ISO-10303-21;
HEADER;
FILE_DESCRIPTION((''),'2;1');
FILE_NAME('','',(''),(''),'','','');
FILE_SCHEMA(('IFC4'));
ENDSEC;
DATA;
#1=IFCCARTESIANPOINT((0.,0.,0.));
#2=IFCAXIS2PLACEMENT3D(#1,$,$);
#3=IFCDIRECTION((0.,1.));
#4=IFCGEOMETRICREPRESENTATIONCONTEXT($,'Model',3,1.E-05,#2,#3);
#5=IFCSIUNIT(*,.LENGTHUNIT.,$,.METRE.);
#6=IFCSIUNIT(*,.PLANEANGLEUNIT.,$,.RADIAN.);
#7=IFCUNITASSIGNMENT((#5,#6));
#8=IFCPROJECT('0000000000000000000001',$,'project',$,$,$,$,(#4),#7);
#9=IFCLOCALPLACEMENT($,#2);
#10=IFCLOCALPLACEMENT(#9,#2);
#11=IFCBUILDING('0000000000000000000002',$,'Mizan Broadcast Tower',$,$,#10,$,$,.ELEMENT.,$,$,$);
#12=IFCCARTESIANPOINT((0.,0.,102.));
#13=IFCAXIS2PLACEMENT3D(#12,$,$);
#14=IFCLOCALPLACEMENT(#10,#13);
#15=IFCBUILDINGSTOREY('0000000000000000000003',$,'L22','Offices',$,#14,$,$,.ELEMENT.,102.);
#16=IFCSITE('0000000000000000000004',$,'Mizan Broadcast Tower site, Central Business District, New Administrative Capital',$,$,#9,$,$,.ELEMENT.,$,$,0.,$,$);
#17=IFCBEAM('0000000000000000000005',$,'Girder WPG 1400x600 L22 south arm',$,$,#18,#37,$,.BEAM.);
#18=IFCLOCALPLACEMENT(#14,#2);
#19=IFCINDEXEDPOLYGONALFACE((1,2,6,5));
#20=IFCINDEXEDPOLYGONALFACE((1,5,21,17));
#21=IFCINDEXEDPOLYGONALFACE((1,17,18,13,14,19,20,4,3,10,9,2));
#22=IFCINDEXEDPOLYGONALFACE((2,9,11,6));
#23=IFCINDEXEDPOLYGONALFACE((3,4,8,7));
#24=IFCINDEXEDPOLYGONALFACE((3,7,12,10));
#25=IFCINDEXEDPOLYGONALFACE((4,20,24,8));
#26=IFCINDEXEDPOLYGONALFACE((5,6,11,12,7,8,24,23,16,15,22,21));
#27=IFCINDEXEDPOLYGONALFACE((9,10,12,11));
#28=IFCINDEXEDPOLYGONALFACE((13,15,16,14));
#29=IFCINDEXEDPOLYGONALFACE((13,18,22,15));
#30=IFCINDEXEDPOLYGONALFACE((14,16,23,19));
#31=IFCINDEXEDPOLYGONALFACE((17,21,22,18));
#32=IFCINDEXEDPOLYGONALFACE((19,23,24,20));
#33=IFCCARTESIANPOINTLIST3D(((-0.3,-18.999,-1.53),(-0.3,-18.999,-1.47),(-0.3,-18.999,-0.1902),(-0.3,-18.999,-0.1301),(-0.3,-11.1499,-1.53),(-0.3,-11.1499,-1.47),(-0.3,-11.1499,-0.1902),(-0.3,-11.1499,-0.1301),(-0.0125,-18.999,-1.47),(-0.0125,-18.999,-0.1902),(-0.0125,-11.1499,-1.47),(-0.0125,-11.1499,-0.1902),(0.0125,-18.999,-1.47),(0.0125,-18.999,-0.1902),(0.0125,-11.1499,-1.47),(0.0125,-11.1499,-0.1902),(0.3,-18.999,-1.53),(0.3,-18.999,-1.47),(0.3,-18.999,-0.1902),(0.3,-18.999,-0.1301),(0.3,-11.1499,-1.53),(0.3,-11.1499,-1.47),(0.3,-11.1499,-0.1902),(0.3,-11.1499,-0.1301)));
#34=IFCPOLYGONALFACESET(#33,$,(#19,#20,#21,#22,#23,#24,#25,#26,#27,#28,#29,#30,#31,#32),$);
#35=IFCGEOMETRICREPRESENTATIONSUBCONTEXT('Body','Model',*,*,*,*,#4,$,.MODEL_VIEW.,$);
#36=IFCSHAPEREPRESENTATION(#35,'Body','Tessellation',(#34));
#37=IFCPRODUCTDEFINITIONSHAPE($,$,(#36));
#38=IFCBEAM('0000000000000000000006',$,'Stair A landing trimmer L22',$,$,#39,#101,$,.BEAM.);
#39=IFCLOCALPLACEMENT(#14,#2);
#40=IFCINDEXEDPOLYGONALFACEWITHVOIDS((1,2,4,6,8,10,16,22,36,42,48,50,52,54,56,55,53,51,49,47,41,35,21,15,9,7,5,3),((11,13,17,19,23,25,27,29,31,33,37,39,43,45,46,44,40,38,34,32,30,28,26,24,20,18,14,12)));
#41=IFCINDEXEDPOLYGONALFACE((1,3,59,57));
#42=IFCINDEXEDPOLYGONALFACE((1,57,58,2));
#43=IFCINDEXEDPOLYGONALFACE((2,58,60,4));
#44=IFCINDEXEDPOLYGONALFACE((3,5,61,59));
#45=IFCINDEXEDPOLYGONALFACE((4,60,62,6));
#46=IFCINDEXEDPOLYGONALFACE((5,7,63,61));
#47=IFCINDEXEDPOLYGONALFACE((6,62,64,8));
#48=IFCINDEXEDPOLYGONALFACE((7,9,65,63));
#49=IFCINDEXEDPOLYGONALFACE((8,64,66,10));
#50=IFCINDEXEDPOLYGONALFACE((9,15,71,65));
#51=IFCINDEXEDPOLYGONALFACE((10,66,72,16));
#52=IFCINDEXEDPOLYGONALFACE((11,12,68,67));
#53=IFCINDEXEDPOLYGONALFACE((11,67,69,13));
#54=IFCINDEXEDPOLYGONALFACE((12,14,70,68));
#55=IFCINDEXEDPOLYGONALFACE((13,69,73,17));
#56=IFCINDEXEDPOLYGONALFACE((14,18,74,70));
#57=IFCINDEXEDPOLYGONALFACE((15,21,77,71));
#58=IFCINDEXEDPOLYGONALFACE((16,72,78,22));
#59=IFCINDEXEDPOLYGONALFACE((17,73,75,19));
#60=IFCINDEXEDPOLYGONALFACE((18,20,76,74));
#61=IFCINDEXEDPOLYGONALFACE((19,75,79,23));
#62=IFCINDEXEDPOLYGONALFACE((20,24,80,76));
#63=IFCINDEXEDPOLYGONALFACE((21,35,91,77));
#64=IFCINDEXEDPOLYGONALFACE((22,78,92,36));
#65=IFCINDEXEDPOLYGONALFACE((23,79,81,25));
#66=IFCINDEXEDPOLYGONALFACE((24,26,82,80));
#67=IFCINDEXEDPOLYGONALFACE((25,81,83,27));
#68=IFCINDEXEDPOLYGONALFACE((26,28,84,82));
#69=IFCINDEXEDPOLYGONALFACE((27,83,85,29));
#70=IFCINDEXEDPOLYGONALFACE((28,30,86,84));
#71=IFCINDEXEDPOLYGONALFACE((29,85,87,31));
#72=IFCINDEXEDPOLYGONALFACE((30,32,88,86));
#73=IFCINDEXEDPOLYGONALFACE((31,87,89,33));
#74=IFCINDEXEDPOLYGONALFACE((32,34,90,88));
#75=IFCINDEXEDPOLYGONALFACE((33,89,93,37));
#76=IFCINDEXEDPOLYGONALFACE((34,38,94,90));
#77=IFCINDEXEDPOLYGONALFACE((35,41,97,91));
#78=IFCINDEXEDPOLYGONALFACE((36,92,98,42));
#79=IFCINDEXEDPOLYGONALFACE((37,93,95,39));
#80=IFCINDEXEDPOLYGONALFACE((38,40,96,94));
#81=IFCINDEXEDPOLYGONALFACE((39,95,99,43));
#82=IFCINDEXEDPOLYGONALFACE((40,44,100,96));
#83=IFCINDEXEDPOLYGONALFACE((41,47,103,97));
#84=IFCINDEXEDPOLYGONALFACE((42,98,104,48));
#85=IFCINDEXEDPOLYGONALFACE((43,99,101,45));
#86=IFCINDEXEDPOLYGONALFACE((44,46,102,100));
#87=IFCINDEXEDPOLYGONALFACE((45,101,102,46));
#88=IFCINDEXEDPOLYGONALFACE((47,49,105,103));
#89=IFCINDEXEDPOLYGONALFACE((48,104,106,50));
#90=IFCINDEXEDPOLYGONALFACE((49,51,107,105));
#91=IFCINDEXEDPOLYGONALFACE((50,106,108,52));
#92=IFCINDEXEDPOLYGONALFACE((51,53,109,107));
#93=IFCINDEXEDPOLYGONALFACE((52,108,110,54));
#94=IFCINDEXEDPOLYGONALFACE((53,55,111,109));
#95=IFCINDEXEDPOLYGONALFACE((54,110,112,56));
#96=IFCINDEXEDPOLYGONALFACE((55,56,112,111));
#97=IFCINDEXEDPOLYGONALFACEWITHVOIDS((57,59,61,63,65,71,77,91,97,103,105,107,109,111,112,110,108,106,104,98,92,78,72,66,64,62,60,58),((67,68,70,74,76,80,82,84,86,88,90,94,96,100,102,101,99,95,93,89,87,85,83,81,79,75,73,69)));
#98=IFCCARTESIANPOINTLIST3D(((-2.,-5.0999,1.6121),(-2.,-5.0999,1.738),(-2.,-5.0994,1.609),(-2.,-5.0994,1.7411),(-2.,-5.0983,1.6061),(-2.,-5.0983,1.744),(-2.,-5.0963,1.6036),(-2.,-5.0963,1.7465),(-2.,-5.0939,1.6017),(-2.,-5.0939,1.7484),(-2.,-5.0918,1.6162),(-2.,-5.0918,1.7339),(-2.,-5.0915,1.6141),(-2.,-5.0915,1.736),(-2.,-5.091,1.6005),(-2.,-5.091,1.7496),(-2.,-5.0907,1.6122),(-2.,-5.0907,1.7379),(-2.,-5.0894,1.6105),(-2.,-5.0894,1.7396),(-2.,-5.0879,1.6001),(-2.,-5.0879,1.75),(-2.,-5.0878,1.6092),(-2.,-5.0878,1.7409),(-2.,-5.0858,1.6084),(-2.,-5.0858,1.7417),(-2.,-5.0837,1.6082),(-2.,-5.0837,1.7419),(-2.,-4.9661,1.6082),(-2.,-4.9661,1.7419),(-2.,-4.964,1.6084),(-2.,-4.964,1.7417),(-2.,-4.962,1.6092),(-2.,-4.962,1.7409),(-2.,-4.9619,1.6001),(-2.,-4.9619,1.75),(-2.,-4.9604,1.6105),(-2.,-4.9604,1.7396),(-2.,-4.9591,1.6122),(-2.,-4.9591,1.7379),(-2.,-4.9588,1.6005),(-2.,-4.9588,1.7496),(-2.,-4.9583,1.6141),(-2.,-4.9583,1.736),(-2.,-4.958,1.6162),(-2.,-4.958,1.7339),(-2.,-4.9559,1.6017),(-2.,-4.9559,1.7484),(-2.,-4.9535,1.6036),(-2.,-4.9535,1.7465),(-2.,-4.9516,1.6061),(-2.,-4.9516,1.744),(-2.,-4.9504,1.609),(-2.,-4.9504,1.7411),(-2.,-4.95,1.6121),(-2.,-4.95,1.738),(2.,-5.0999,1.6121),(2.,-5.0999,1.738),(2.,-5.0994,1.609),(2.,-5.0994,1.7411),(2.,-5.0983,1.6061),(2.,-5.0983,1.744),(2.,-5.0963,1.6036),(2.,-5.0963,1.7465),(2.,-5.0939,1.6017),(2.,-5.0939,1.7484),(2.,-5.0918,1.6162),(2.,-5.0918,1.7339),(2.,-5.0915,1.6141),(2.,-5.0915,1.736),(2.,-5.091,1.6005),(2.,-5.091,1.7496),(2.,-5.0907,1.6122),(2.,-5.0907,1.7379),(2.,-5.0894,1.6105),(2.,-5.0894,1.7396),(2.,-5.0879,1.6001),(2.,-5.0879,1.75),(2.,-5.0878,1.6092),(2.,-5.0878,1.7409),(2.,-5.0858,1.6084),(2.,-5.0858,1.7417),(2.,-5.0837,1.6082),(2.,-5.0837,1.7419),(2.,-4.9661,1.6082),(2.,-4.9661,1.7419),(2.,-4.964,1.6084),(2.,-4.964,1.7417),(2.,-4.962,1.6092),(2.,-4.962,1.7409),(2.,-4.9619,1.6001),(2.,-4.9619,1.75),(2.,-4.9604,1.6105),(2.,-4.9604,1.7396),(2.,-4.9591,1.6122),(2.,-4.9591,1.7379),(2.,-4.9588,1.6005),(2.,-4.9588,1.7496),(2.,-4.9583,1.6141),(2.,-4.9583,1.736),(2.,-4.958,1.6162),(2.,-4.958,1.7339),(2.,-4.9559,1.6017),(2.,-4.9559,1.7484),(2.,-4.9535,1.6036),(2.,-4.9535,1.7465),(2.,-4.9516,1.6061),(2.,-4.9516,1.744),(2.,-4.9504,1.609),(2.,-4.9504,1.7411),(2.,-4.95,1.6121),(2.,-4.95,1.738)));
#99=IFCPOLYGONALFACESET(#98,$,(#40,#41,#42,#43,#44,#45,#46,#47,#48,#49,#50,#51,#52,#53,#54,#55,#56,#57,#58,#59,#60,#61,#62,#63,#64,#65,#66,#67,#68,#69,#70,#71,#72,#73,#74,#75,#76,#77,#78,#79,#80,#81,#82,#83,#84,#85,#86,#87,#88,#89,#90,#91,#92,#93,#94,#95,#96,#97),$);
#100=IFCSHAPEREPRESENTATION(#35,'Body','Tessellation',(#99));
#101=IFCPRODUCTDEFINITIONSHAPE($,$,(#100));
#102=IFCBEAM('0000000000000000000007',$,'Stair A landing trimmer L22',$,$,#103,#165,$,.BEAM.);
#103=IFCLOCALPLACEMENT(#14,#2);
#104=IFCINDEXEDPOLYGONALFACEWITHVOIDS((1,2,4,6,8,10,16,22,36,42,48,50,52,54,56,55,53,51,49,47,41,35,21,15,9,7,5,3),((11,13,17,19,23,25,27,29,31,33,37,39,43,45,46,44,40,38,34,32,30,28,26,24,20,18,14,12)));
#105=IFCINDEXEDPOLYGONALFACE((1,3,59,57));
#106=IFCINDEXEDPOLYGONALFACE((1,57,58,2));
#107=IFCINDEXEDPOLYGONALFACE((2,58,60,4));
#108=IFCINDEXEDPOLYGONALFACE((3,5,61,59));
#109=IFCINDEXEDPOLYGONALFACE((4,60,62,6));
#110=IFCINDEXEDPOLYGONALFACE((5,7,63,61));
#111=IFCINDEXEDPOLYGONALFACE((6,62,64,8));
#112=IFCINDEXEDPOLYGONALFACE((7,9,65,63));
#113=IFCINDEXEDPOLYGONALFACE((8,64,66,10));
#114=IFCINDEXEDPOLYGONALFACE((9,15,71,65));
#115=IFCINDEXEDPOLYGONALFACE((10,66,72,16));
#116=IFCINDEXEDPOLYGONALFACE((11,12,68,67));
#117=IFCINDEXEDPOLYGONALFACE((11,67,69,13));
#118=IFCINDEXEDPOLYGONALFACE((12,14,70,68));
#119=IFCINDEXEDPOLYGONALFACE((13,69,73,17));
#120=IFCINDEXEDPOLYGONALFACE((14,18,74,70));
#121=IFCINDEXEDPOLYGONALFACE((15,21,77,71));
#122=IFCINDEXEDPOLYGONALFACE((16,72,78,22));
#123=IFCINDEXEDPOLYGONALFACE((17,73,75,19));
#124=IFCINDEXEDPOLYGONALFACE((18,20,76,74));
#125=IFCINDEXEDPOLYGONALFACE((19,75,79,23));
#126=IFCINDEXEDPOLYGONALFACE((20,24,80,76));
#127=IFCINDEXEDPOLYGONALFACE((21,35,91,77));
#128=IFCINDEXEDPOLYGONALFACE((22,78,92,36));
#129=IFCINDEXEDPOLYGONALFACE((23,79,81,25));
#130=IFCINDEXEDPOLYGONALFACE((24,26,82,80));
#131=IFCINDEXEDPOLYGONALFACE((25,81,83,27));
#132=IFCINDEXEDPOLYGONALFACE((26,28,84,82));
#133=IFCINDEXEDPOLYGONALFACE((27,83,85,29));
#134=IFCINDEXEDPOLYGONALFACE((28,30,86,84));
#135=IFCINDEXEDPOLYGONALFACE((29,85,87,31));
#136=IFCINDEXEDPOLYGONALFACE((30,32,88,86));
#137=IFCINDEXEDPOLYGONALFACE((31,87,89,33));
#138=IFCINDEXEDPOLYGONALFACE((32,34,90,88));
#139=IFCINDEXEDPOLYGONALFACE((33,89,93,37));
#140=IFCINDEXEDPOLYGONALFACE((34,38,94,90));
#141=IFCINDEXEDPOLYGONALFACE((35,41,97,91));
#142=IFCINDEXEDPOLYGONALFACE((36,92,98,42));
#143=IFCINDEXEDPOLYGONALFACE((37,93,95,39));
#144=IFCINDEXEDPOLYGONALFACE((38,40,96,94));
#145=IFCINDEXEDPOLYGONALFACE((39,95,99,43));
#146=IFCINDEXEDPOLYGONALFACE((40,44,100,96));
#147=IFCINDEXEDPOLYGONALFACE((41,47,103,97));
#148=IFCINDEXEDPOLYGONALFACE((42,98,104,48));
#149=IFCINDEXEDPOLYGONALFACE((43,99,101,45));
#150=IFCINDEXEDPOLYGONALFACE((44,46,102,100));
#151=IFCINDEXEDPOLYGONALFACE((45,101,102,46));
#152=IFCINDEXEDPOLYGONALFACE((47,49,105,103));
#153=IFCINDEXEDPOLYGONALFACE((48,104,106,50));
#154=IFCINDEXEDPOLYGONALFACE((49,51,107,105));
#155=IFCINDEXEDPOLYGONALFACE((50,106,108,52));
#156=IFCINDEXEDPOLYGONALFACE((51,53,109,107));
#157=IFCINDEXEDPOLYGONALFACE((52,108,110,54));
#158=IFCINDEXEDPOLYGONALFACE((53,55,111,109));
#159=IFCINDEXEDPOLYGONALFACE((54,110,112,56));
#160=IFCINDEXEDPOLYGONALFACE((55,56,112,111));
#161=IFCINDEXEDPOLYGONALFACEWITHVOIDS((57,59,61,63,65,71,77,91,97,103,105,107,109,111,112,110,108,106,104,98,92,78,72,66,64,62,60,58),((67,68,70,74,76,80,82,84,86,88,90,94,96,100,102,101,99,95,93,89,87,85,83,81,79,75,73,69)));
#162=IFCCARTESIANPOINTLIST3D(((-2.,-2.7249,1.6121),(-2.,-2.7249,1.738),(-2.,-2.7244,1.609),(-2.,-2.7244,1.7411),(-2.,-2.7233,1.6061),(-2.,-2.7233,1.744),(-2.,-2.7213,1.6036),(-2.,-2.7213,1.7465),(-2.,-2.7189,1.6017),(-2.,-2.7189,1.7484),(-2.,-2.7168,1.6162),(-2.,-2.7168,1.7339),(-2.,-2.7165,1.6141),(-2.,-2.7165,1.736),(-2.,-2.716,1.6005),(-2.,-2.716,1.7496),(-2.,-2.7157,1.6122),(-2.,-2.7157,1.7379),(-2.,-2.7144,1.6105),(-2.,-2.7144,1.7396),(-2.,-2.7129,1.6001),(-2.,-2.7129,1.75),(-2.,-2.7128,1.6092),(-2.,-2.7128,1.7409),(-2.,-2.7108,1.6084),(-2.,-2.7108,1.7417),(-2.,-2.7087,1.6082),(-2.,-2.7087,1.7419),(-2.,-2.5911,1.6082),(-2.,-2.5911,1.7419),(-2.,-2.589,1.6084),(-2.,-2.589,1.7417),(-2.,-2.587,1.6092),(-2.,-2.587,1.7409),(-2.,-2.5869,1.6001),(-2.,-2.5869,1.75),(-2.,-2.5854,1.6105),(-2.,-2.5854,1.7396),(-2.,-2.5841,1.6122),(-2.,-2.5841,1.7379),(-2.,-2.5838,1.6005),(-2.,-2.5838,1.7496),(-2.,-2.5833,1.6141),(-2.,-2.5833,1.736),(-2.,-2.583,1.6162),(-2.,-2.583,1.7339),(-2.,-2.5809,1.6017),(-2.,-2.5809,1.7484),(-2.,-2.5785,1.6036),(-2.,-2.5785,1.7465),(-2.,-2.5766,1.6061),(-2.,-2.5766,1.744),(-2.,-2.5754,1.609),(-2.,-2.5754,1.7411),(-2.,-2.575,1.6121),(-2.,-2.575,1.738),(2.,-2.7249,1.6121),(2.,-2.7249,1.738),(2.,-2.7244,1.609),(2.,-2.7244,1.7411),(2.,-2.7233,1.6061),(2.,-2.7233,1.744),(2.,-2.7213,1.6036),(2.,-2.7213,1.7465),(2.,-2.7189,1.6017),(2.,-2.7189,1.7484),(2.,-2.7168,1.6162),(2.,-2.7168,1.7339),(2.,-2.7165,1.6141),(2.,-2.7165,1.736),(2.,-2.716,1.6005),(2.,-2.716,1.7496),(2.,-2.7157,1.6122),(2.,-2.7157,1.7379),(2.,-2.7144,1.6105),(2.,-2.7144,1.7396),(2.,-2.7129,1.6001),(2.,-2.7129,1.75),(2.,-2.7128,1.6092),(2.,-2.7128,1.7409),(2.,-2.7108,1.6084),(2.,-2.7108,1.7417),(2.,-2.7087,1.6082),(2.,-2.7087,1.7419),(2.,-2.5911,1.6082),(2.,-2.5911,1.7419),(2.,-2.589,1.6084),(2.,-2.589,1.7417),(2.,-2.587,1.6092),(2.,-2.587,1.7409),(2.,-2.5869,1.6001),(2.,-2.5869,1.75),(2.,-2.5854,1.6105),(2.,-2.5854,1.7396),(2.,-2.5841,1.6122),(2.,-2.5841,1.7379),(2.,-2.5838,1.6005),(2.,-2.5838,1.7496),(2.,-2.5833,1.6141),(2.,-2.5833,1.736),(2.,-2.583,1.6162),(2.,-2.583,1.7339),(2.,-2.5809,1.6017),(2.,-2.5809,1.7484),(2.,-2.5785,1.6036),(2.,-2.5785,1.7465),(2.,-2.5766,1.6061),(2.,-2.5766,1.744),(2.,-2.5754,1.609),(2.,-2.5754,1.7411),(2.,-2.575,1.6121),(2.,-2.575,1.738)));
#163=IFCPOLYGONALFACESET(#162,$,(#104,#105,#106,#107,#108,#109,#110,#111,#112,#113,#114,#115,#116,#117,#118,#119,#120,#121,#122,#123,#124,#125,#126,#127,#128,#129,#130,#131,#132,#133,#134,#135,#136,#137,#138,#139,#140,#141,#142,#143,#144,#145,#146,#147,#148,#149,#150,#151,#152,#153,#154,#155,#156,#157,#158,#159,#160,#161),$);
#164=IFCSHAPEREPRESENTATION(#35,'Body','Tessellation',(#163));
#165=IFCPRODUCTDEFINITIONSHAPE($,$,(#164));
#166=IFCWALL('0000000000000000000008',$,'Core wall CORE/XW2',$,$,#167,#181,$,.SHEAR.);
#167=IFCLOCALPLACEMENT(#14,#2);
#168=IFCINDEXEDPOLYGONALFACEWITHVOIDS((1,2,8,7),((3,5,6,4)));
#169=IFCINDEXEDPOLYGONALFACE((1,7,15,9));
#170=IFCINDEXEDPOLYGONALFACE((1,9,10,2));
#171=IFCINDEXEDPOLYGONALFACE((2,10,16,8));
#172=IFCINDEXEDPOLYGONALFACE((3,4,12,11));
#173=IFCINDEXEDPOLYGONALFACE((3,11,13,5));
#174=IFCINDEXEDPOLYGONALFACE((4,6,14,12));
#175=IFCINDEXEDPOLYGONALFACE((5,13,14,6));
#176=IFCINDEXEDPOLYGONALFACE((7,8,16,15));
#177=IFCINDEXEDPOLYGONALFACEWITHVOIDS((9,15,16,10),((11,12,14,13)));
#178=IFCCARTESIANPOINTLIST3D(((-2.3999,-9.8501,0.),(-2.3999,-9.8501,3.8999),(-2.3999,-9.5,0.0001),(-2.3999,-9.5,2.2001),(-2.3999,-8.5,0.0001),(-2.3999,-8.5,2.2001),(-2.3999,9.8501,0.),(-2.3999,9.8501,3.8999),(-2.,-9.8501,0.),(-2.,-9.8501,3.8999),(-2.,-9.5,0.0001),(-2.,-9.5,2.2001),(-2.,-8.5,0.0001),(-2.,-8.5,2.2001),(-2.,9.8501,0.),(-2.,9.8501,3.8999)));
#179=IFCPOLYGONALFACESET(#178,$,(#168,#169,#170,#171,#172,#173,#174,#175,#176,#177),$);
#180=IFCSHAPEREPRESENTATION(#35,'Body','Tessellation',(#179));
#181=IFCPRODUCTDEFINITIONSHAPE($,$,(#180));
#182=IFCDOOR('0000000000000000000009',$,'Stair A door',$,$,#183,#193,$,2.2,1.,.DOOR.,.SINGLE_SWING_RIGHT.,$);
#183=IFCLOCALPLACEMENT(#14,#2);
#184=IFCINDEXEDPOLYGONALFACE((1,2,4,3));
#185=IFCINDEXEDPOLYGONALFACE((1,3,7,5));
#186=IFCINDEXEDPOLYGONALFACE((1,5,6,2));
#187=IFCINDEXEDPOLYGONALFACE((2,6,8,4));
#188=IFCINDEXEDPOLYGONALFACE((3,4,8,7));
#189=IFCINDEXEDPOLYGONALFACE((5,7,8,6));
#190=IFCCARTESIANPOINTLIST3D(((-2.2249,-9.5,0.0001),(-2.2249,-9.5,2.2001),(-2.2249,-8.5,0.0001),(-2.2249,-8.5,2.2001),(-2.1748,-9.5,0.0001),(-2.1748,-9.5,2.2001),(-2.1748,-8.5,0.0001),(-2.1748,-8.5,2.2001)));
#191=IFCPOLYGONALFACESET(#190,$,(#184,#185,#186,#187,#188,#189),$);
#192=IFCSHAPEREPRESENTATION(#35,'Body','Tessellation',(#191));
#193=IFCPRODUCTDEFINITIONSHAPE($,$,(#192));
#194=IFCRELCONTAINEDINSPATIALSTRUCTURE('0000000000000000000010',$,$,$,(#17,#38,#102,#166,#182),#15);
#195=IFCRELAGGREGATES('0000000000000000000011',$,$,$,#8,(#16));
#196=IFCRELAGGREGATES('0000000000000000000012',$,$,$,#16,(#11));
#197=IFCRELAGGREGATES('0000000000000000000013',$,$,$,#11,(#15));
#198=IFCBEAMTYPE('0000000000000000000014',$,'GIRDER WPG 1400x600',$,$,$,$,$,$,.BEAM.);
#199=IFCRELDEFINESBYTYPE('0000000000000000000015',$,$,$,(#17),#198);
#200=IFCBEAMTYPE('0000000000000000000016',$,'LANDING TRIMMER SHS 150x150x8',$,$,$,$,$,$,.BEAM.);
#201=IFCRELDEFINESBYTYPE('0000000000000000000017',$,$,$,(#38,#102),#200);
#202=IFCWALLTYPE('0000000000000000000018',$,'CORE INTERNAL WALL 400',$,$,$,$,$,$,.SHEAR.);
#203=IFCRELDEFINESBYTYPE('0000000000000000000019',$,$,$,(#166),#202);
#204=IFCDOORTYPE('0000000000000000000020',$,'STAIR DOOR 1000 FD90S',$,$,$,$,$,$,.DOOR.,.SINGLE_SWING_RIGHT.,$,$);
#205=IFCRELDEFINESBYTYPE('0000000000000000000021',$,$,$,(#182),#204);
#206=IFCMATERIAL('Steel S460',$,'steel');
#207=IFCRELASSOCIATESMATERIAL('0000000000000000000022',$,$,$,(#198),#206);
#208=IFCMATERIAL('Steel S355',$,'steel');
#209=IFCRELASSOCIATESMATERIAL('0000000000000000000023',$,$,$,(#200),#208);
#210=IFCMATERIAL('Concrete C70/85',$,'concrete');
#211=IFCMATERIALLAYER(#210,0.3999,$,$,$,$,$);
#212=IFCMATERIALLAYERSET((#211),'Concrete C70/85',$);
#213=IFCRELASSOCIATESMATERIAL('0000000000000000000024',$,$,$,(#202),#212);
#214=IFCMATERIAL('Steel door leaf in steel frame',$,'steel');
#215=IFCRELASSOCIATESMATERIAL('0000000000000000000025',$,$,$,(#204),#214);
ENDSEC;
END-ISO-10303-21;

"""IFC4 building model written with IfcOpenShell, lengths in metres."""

from ifc_helpers import new_model, si_unit, direction, frame, frame_2d, origin, origin_2d, place, context, subcontext, project, spatial, rectangle, hollow_rectangle, i_section, extrude, material, layer, layer_set, material_profile, profile_set, type_object, element, fill, save


model = new_model("IFC4")

# Units and contexts
model_context = context("Model", 3, precision=1e-05, world=origin(), true_north=direction((0.0, 1.0)))
body_context = subcontext(model_context, "Body", "Model", "MODEL_VIEW")
ifc_project = project(units=[si_unit("LENGTHUNIT", "METRE"), si_unit("PLANEANGLEUNIT", "RADIAN")], contexts=[model_context])

# Site, building, storey
site_placement = place(None, origin())
site = spatial("IfcSite", under=ifc_project, at=site_placement, Name="Mizan Broadcast Tower site, Central Business District, New Administrative Capital", CompositionType="ELEMENT", RefElevation=0.0)
building_placement = place(site_placement, origin())
building = spatial("IfcBuilding", under=site, at=building_placement, Name="Mizan Broadcast Tower", CompositionType="ELEMENT")
storey_placement = place(building_placement, frame((0.0, 0.0, 102.0)))
storey = spatial("IfcBuildingStorey", under=building, at=storey_placement, Name="L22", Description="Offices", CompositionType="ELEMENT", Elevation=102.0)

# Beams
ifc_material_1 = material(Name="Steel S460", Category="steel")
ifc_material_profile_1 = material_profile(ifc_material_1, i_section(OverallWidth=0.6001, OverallDepth=1.3999, WebThickness=0.0249, FlangeThickness=0.0601, at=origin_2d()), Name="WPG 1400x600")
ifc_profile_set_1 = profile_set([ifc_material_profile_1], Name="Steel S460")
beam_type_1 = type_object("IfcBeamType", Name="GIRDER WPG 1400x600", PredefinedType="BEAM", material=ifc_profile_set_1)
beam_placement = place(storey_placement, frame((0.0, -11.1499, -0.8301), z_axis=(0.0, -1.0, 0.0), x_axis=(1.0, 0.0, 0.0)))
element("IfcBeam", 1, at=beam_placement, inside=storey, type_object=beam_type_1, Name="Girder WPG 1400x600 L22 south arm", PredefinedType="BEAM", context=body_context, shape_type="SweptSolid", body=[
    extrude(i_section(OverallWidth=0.6001, OverallDepth=1.3999, WebThickness=0.0249, FlangeThickness=0.0601, at=origin_2d()), origin(), (0.0, 0.0, 1.0), 7.8491),
])
ifc_material_2 = material(Name="Steel S355", Category="steel")
ifc_material_profile_2 = material_profile(ifc_material_2, hollow_rectangle(XDim=0.1499, YDim=0.1499, WallThickness=0.0081, InnerFilletRadius=0.0081, OuterFilletRadius=0.012, at=origin_2d()), Name="SHS 150x150x8")
ifc_profile_set_2 = profile_set([ifc_material_profile_2], Name="Steel S355")
beam_type_2 = type_object("IfcBeamType", Name="LANDING TRIMMER SHS 150x150x8", PredefinedType="BEAM", material=ifc_profile_set_2)
for number, where, z_axis, x_axis, name in (
    (2, (-2.0, -5.0249, 1.675), (1.0, 0.0, 0.0), (0.0, 1.0, 0.0), "Stair A landing trimmer L22"),
    (3, (-2.0, -2.6499, 1.675), (1.0, 0.0, 0.0), (0.0, 1.0, 0.0), "Stair A landing trimmer L22"),
):
    element("IfcBeam", number, at=place(storey_placement, frame(where, z_axis=z_axis, x_axis=x_axis)), inside=storey, type_object=beam_type_2, Name=name, PredefinedType="BEAM", context=body_context, shape_type="SweptSolid", body=[
        extrude(hollow_rectangle(XDim=0.1499, YDim=0.1499, WallThickness=0.0081, InnerFilletRadius=0.0081, OuterFilletRadius=0.012, at=origin_2d()), origin(), (0.0, 0.0, 1.0), 4.0),
    ])

# Wall, opening, door
ifc_material_3 = material(Name="Concrete C70/85", Category="concrete")
ifc_layer_1 = layer(ifc_material_3, 0.3999)
ifc_layer_set_1 = layer_set([ifc_layer_1], Name="Concrete C70/85")
wall_type_1 = type_object("IfcWallType", Name="CORE INTERNAL WALL 400", PredefinedType="SHEAR", material=ifc_layer_set_1)
wall_1_placement = place(storey_placement, frame((-2.2, -9.8501, 0.0), z_axis=(0.0, 0.0, 1.0), x_axis=(0.0, 1.0, 0.0)))
wall_1 = element("IfcWall", 4, at=wall_1_placement, inside=storey, type_object=wall_type_1, Name="Core wall CORE/XW2", PredefinedType="SHEAR", context=body_context, shape_type="SweptSolid", body=[
    extrude(rectangle(XDim=19.7002, YDim=0.3999, at=frame_2d((9.8501, 0.0))), origin(), (0.0, 0.0, 1.0), 3.8999),
])
opening_1_placement = place(wall_1_placement, frame((0.3501, 0.0, 0.0)))
opening_1 = element("IfcOpeningElement", 5, at=opening_1_placement, cuts=wall_1, PredefinedType="OPENING", context=body_context, shape_type="SweptSolid", body=[
    extrude(rectangle(XDim=1.0, YDim=2.2, at=frame_2d((0.5, 1.1001))), frame((0.0, 0.21, 0.0), z_axis=(0.0, -1.0, 0.0), x_axis=(1.0, 0.0, 0.0)), (0.0, 0.0, 1.0), 0.4199),
])
ifc_material_4 = material(Name="Steel door leaf in steel frame", Category="steel")
door_type_1 = type_object("IfcDoorType", Name="STAIR DOOR 1000 FD90S", OperationType="SINGLE_SWING_RIGHT", PredefinedType="DOOR", material=ifc_material_4)
door_1_placement = place(opening_1_placement, origin())
door_1 = element("IfcDoor", 6, at=door_1_placement, inside=storey, type_object=door_type_1, Name="Stair A door", OperationType="SINGLE_SWING_RIGHT", OverallHeight=2.2, OverallWidth=1.0, PredefinedType="DOOR", context=body_context, shape_type="SweptSolid", body=[
    extrude(rectangle(XDim=1.0, YDim=2.2, at=frame_2d((0.5, 1.1001))), frame((0.0, 0.0249, 0.0), z_axis=(0.0, -1.0, 0.0), x_axis=(1.0, 0.0, 0.0)), (0.0, 0.0, 1.0), 0.05),
])
fill(opening_1, door_1)

save(model, "model.ifc")
